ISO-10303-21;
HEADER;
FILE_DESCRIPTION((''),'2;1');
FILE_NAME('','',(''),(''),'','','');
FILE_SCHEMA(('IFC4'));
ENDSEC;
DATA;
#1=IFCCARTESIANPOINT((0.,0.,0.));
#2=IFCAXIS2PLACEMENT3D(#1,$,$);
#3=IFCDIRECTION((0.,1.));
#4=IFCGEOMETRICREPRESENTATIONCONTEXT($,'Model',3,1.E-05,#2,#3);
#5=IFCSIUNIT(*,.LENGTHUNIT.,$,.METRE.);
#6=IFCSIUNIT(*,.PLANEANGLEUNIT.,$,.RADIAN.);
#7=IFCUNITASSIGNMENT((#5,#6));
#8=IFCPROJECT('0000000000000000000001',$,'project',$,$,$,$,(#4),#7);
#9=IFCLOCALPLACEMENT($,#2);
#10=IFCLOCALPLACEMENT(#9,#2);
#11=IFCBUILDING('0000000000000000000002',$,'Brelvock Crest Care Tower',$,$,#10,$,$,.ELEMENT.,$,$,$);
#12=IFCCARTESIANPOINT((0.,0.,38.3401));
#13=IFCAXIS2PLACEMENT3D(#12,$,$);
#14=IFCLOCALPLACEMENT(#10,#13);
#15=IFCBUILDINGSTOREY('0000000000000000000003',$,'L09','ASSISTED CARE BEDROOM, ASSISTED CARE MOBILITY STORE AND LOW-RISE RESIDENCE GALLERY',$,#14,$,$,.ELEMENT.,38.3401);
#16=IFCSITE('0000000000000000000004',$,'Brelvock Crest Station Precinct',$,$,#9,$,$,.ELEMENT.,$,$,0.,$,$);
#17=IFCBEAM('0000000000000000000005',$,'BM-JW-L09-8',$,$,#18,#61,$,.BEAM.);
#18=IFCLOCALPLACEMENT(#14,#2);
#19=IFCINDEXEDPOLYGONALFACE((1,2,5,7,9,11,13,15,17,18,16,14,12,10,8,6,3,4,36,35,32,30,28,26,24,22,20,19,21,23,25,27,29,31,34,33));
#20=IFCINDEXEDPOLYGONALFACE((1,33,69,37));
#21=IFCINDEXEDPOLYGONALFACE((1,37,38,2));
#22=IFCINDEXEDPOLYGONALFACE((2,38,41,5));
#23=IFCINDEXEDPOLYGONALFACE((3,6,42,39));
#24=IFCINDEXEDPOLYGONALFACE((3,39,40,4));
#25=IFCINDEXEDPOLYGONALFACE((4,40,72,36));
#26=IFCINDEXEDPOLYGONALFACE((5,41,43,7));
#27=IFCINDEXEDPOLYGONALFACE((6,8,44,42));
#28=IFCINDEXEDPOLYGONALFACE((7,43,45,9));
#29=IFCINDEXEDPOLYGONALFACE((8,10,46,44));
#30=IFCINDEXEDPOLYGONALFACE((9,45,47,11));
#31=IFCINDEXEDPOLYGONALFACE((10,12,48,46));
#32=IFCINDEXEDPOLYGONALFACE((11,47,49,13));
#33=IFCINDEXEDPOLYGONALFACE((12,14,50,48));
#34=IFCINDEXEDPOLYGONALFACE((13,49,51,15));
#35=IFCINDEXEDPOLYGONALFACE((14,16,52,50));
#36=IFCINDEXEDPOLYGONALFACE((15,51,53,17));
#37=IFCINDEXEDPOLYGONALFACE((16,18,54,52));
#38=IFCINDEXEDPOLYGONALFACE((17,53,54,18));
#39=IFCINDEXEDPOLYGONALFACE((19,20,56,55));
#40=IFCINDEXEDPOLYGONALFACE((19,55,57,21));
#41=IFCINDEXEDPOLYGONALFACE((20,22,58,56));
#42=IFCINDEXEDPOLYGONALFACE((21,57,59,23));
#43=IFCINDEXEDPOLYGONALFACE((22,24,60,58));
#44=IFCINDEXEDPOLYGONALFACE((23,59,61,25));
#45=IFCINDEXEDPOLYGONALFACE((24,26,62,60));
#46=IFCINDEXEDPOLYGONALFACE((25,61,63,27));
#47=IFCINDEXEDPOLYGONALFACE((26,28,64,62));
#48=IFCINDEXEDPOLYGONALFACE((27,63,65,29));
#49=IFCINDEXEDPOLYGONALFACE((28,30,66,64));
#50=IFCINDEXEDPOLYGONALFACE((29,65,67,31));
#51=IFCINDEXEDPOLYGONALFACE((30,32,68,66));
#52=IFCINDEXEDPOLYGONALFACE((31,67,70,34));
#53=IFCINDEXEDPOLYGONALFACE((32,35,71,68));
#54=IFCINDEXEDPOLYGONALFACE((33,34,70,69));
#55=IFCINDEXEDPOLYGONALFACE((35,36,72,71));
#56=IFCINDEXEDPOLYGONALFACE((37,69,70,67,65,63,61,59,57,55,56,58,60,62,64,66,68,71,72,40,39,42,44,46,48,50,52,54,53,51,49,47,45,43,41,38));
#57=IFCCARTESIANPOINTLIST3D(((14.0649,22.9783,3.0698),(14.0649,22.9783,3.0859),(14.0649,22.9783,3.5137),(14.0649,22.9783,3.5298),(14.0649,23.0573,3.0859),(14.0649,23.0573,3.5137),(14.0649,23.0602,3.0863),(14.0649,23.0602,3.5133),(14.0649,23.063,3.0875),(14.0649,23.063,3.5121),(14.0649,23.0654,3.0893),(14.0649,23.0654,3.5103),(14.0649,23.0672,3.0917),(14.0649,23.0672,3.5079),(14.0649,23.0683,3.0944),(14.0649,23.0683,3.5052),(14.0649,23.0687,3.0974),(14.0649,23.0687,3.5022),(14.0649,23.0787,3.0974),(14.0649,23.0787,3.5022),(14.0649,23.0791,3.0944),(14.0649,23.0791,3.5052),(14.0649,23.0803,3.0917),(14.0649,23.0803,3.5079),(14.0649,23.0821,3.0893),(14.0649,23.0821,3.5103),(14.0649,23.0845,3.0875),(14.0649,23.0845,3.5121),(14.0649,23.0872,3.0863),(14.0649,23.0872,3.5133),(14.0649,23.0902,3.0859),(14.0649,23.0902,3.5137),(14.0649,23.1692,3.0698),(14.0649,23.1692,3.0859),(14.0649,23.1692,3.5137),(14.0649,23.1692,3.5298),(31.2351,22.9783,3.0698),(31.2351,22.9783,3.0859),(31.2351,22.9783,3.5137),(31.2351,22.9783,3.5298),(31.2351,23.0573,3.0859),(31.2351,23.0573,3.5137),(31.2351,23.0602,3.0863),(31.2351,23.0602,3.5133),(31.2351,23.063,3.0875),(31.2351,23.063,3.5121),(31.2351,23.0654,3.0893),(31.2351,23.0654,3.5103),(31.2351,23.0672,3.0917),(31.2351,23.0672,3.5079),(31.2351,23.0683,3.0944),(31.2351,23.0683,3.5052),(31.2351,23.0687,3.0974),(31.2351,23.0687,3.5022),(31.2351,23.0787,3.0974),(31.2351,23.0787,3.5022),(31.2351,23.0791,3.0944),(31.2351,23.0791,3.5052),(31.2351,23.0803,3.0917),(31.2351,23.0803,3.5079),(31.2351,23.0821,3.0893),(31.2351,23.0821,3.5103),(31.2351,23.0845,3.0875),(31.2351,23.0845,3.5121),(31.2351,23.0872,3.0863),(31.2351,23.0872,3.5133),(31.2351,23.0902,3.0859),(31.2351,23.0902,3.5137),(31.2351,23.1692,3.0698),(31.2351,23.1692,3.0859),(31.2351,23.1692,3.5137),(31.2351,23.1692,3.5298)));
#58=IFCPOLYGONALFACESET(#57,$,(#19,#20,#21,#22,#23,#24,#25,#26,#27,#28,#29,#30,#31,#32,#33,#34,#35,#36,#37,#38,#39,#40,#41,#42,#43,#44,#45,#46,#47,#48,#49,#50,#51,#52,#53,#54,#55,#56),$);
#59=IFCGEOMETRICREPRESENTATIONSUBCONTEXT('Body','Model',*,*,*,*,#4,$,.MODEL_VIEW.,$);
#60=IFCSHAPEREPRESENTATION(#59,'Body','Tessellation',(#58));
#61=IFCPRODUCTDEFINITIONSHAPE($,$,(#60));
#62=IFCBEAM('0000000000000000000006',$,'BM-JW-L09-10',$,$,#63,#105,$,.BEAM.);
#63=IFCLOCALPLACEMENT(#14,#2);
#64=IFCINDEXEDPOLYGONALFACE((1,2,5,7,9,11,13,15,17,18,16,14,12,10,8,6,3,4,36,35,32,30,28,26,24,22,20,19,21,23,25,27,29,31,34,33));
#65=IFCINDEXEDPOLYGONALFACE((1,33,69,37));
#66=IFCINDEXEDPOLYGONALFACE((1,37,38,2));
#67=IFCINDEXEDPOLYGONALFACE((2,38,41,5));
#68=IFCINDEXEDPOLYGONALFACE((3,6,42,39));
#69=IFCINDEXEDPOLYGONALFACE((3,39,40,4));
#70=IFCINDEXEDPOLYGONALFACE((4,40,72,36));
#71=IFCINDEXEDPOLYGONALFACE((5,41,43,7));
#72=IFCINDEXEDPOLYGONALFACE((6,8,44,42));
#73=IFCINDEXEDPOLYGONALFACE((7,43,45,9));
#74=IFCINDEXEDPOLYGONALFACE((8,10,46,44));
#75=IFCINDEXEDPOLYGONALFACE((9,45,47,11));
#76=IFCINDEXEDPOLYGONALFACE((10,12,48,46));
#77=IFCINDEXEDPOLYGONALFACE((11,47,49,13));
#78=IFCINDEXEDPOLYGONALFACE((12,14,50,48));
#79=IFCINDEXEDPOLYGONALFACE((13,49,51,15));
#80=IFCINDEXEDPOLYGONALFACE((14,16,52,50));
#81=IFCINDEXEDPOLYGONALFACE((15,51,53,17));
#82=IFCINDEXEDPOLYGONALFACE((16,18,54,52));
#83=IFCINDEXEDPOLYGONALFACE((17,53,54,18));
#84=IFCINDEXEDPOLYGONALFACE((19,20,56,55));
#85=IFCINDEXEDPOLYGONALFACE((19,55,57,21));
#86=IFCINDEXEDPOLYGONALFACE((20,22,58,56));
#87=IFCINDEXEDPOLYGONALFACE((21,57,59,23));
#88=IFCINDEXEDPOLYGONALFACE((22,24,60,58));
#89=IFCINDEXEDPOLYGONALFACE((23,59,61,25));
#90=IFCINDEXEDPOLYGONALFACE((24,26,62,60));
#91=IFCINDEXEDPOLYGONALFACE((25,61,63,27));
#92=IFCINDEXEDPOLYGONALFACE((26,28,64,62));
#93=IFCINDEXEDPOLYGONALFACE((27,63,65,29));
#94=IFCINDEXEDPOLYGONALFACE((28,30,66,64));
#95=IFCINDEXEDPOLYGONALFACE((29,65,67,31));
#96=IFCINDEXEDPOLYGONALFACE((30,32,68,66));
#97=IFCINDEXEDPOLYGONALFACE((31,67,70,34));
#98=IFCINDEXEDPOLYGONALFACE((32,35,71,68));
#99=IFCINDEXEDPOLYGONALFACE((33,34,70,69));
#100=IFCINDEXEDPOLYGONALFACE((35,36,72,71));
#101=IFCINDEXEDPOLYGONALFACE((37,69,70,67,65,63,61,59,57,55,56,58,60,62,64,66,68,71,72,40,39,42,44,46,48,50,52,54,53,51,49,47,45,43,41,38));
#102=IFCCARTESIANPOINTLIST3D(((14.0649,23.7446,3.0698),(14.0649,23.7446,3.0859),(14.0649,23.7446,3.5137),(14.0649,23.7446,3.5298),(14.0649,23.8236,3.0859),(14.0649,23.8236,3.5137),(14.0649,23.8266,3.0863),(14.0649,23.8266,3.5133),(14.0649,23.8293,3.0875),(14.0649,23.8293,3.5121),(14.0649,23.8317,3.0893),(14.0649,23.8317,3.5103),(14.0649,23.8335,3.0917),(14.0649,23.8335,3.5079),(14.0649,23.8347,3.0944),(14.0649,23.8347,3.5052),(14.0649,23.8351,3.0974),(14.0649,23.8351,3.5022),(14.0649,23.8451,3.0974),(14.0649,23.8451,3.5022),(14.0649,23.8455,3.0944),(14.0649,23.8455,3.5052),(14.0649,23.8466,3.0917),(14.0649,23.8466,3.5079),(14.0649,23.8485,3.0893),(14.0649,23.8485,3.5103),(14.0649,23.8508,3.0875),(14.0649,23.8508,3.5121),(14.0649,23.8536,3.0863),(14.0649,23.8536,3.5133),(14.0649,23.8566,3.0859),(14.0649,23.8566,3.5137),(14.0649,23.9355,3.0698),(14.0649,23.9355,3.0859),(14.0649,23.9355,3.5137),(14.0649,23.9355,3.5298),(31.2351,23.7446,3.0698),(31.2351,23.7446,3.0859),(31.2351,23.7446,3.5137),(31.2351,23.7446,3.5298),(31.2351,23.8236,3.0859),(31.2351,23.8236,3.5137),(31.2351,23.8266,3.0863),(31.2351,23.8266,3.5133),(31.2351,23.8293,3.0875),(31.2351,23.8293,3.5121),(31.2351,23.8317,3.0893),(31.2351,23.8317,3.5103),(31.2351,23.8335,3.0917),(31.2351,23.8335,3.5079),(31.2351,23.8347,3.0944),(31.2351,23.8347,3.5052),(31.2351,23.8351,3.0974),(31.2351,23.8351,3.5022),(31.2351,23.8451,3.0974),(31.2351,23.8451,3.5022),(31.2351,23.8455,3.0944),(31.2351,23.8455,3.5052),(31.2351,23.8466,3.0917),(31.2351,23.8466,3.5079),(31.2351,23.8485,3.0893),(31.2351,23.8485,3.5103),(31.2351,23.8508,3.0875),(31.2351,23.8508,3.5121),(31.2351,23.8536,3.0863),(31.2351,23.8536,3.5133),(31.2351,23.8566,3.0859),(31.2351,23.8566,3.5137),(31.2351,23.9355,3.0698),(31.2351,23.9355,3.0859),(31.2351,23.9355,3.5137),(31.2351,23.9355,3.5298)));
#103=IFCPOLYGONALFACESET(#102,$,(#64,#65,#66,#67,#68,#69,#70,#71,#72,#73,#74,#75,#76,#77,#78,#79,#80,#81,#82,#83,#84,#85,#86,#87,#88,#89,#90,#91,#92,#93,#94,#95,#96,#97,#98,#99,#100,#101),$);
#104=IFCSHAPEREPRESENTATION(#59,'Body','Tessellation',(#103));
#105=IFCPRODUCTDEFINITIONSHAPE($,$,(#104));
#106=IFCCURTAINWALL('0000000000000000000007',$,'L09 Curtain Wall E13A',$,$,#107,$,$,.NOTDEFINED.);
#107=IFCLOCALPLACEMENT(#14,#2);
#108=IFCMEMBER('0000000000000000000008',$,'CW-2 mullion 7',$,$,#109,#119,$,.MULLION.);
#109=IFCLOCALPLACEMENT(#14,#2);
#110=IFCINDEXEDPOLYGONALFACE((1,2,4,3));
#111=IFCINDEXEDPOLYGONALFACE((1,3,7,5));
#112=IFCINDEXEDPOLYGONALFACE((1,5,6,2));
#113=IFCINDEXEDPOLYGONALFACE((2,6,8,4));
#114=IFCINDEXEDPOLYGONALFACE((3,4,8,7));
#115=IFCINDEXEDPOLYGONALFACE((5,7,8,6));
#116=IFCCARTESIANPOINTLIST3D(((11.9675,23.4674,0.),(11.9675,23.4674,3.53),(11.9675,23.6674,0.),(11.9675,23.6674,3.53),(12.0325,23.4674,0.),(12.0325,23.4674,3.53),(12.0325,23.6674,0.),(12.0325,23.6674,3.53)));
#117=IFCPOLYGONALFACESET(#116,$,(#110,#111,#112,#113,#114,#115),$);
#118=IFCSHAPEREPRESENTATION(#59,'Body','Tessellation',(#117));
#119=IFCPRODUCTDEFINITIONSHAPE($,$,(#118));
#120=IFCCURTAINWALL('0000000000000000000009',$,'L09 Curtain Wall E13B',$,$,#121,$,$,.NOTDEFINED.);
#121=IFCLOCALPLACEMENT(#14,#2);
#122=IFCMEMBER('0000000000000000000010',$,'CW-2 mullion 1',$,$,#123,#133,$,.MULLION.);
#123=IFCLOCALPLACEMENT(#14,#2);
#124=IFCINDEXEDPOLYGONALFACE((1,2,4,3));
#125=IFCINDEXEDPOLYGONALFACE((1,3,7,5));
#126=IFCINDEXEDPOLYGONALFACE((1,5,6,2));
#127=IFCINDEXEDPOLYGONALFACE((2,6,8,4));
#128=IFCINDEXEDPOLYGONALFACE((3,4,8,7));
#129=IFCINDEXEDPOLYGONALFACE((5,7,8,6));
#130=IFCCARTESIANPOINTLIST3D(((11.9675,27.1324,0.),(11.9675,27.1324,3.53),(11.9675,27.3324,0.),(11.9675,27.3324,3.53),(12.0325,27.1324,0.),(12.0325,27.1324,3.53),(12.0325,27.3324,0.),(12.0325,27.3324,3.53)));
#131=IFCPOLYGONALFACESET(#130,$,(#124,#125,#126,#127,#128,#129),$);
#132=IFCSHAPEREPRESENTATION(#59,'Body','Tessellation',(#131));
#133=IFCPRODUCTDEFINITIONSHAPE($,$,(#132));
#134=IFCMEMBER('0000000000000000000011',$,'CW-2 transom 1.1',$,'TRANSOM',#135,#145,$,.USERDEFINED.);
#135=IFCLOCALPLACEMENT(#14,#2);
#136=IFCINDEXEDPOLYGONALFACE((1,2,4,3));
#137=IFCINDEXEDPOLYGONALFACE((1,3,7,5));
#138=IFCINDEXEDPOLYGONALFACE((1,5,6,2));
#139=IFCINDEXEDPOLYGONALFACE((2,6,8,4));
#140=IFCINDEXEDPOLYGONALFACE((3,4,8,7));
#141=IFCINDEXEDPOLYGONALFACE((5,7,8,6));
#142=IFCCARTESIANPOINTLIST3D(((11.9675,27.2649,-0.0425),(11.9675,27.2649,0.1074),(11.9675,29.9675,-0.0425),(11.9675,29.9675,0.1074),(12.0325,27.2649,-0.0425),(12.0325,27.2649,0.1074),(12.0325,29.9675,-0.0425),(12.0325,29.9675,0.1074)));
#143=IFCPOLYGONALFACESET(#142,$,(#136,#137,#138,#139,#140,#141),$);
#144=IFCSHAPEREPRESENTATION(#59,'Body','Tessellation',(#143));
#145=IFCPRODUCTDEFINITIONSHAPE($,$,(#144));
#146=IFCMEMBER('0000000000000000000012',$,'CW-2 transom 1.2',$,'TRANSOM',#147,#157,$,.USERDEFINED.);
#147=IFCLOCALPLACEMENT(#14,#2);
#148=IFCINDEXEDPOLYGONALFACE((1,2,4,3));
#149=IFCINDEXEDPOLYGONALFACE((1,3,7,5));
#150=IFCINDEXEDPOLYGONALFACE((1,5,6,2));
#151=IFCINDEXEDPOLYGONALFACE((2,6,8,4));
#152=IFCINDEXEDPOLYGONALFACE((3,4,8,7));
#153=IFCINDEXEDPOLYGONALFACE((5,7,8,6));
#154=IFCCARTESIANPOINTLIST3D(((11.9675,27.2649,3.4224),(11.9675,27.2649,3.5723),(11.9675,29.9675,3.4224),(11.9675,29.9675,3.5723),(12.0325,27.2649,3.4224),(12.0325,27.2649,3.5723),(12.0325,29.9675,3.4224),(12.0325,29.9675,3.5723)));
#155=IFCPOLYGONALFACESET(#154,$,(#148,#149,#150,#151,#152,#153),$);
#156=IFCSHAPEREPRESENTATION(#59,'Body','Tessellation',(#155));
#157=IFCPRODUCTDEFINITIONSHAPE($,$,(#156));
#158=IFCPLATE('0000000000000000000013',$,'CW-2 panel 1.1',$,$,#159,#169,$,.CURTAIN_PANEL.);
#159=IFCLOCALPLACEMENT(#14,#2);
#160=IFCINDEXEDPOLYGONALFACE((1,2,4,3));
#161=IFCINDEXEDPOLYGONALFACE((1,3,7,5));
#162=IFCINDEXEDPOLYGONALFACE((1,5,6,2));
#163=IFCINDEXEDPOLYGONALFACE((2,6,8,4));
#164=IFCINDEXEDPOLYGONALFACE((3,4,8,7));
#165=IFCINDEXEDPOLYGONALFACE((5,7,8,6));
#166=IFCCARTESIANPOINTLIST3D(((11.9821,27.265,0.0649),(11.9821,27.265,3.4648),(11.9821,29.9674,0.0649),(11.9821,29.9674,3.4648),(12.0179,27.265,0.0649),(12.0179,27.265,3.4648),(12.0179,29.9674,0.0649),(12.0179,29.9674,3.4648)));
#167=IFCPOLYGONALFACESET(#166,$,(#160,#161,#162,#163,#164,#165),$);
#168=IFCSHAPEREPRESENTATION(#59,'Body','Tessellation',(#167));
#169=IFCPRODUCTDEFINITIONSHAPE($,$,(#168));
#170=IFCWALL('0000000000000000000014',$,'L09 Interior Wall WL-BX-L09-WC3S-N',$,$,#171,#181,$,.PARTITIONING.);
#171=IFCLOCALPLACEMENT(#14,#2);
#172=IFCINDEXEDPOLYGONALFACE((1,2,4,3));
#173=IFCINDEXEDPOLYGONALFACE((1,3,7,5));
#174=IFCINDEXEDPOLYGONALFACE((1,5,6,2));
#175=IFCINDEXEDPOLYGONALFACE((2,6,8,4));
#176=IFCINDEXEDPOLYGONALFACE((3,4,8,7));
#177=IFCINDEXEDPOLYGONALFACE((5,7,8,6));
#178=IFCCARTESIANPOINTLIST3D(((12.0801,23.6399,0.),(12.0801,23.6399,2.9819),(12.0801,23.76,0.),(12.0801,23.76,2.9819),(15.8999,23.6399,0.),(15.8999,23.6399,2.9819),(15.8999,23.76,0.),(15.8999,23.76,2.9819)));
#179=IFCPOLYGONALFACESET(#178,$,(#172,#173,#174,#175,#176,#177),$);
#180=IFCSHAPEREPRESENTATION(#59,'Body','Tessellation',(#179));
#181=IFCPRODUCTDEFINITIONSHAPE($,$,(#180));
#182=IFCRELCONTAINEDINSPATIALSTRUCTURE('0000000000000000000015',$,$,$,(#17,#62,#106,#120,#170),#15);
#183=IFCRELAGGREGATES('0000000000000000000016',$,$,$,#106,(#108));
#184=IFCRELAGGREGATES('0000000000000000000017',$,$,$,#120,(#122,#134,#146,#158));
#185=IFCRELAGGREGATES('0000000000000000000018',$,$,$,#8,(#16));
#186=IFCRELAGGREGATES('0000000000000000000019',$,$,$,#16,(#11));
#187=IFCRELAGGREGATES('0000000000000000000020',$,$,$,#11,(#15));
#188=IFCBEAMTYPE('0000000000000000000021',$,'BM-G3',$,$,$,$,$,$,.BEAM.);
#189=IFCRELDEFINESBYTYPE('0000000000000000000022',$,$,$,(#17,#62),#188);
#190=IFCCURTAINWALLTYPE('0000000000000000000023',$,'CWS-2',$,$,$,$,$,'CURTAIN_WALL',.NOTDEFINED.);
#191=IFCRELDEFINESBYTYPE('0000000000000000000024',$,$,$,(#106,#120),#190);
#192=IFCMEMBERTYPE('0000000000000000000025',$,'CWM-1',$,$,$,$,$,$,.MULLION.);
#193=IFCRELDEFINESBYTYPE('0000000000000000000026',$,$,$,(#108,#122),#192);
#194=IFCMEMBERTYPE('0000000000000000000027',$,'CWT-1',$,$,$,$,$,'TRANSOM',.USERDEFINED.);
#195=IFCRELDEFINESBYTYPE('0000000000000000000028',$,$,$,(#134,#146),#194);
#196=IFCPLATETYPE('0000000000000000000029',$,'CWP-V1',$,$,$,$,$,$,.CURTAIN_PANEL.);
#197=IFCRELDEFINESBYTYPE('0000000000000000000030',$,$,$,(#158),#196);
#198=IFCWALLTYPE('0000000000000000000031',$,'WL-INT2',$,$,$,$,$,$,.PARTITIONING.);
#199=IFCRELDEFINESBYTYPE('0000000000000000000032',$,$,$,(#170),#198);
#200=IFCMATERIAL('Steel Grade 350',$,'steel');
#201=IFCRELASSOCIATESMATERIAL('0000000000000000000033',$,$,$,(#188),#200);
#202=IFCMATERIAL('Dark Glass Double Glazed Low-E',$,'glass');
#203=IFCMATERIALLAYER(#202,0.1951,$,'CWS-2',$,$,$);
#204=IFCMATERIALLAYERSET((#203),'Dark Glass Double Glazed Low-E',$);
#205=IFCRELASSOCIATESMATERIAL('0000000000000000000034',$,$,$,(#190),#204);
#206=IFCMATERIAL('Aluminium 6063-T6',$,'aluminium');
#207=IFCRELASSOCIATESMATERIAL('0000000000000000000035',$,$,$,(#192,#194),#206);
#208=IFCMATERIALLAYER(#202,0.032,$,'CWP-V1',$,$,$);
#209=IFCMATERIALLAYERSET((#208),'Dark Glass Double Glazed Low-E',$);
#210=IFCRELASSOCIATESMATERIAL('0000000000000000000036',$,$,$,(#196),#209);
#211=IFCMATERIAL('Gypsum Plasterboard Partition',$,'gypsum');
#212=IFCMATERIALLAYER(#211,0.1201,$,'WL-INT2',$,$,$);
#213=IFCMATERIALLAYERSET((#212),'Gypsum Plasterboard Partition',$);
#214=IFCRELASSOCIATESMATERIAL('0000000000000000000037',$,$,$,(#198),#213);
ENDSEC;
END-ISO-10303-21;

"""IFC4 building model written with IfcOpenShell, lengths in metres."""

from ifc_helpers import new_model, si_unit, direction, frame, frame_2d, origin, origin_2d, place, context, subcontext, project, spatial, rectangle, i_section, extrude, source, transform, mapped, material, layer, layer_set, material_profile, profile_set, type_object, element, aggregate, save


model = new_model("IFC4")

# Units and contexts
model_context = context("Model", 3, precision=1e-05, world=origin(), true_north=direction((0.0, 1.0)))
body_context = subcontext(model_context, "Body", "Model", "MODEL_VIEW")
ifc_project = project(units=[si_unit("LENGTHUNIT", "METRE"), si_unit("PLANEANGLEUNIT", "RADIAN")], contexts=[model_context])

# Site, building, storey
site_placement = place(None, origin())
site = spatial("IfcSite", under=ifc_project, at=site_placement, Name="Brelvock Crest Station Precinct", CompositionType="ELEMENT", RefElevation=0.0)
building_placement = place(site_placement, origin())
building = spatial("IfcBuilding", under=site, at=building_placement, Name="Brelvock Crest Care Tower", CompositionType="ELEMENT")
storey_placement = place(building_placement, frame((0.0, 0.0, 38.3401)))
storey = spatial("IfcBuildingStorey", under=building, at=storey_placement, Name="L09", Description="ASSISTED CARE BEDROOM, ASSISTED CARE MOBILITY STORE AND LOW-RISE RESIDENCE GALLERY", CompositionType="ELEMENT", Elevation=38.3401)

# Beams
ifc_material_1 = material(Name="Steel Grade 350", Category="steel")
ifc_material_profile_1 = material_profile(ifc_material_1, i_section(OverallWidth=0.1909, OverallDepth=0.46, WebThickness=0.01, FlangeThickness=0.0161, FilletRadius=0.0115, at=origin_2d()), Name="460UB82.1")
ifc_profile_set_1 = profile_set([ifc_material_profile_1], Name="Steel Grade 350")
beam_type_1 = type_object("IfcBeamType", Name="BM-G3", PredefinedType="BEAM", material=ifc_profile_set_1)
shared_shape_1 = source(origin(), body_context, "Body", "SweptSolid", [
    extrude(i_section(OverallWidth=0.1909, OverallDepth=0.46, WebThickness=0.01, FlangeThickness=0.0161, FilletRadius=0.0115, at=origin_2d()), origin(), (0.0, 0.0, 1.0), 17.1702),
])
for number, where, z_axis, x_axis, name in (
    (1, (14.0649, 23.0737, 3.2998), (1.0, 0.0, 0.0), (0.0, 1.0, 0.0), "BM-JW-L09-8"),
    (2, (14.0649, 23.8401, 3.2998), (1.0, 0.0, 0.0), (0.0, 1.0, 0.0), "BM-JW-L09-10"),
):
    element("IfcBeam", number, at=place(storey_placement, frame(where, z_axis=z_axis, x_axis=x_axis)), inside=storey, type_object=beam_type_1, Name=name, PredefinedType="BEAM", context=body_context, shape_type="MappedRepresentation", body=[
        mapped(shared_shape_1, transform((0.0, 0.0, 0.0), x_axis=(1.0, 0.0, 0.0), y_axis=(0.0, 1.0, 0.0), z_axis=(0.0, 0.0, 1.0), scale=1.0)),
    ])

# Curtain wall, member
ifc_material_2 = material(Name="Dark Glass Double Glazed Low-E", Category="glass")
ifc_layer_1 = layer(ifc_material_2, 0.1951, Name="CWS-2")
ifc_layer_set_1 = layer_set([ifc_layer_1], Name="Dark Glass Double Glazed Low-E")
curtain_wall_type = type_object("IfcCurtainWallType", Name="CWS-2", ElementType="CURTAIN_WALL", PredefinedType="NOTDEFINED", material=ifc_layer_set_1)
curtain_wall_1_placement = place(storey_placement, origin())
curtain_wall_1 = element("IfcCurtainWall", 3, at=curtain_wall_1_placement, inside=storey, type_object=curtain_wall_type, Name="L09 Curtain Wall E13A", PredefinedType="NOTDEFINED")
ifc_material_3 = material(Name="Aluminium 6063-T6", Category="aluminium")
ifc_material_profile_2 = material_profile(ifc_material_3, rectangle(XDim=0.0649, YDim=0.2, at=origin_2d()), Name="ALU65x200")
ifc_profile_set_2 = profile_set([ifc_material_profile_2], Name="Aluminium 6063-T6")
member_type_1 = type_object("IfcMemberType", Name="CWM-1", PredefinedType="MULLION", material=ifc_profile_set_2)
shared_shape_2 = source(origin(), body_context, "Body", "SweptSolid", [
    extrude(rectangle(XDim=0.0649, YDim=0.2, at=origin_2d()), origin(), (0.0, 0.0, 1.0), 3.53),
])
member_1_placement = place(storey_placement, frame((12.0, 23.5674, 0.0), z_axis=(0.0, 0.0, 1.0), x_axis=(-1.0, 0.0, 0.0)))
member_1 = element("IfcMember", 4, at=member_1_placement, type_object=member_type_1, Name="CW-2 mullion 7", PredefinedType="MULLION", context=body_context, shape_type="MappedRepresentation", body=[
    mapped(shared_shape_2, transform((0.0, 0.0, 0.0), x_axis=(1.0, 0.0, 0.0), y_axis=(0.0, 1.0, 0.0), z_axis=(0.0, 0.0, 1.0), scale=1.0)),
])
aggregate(curtain_wall_1, [member_1])

# Curtain wall, members, plate
curtain_wall_2_placement = place(storey_placement, origin())
curtain_wall_2 = element("IfcCurtainWall", 5, at=curtain_wall_2_placement, inside=storey, type_object=curtain_wall_type, Name="L09 Curtain Wall E13B", PredefinedType="NOTDEFINED")
member_2_placement = place(storey_placement, frame((12.0, 27.2324, 0.0), z_axis=(0.0, 0.0, 1.0), x_axis=(-1.0, 0.0, 0.0)))
member_2 = element("IfcMember", 6, at=member_2_placement, type_object=member_type_1, Name="CW-2 mullion 1", PredefinedType="MULLION", context=body_context, shape_type="MappedRepresentation", body=[
    mapped(shared_shape_2, transform((0.0, 0.0, 0.0), x_axis=(1.0, 0.0, 0.0), y_axis=(0.0, 1.0, 0.0), z_axis=(0.0, 0.0, 1.0), scale=1.0)),
])
ifc_material_profile_3 = material_profile(ifc_material_3, rectangle(XDim=0.0649, YDim=0.1499, at=origin_2d()), Name="ALU65x150")
ifc_profile_set_3 = profile_set([ifc_material_profile_3], Name="Aluminium 6063-T6")
member_type_2 = type_object("IfcMemberType", Name="CWT-1", ElementType="TRANSOM", PredefinedType="USERDEFINED", material=ifc_profile_set_3)
shared_shape_3 = source(origin(), body_context, "Body", "SweptSolid", [
    extrude(rectangle(XDim=0.0649, YDim=0.1499, at=origin_2d()), origin(), (0.0, 0.0, 1.0), 2.7026),
])
member_3_placement = place(storey_placement, frame((12.0, 27.2649, 0.0325), z_axis=(0.0, 1.0, 0.0), x_axis=(-1.0, 0.0, 0.0)))
member_3 = element("IfcMember", 7, at=member_3_placement, type_object=member_type_2, Name="CW-2 transom 1.1", ObjectType="TRANSOM", PredefinedType="USERDEFINED", context=body_context, shape_type="MappedRepresentation", body=[
    mapped(shared_shape_3, transform((0.0, 0.0, 0.0), x_axis=(1.0, 0.0, 0.0), y_axis=(0.0, 1.0, 0.0), z_axis=(0.0, 0.0, 1.0), scale=1.0)),
])
member_4_placement = place(storey_placement, frame((12.0, 27.2649, 3.4973), z_axis=(0.0, 1.0, 0.0), x_axis=(-1.0, 0.0, 0.0)))
member_4 = element("IfcMember", 8, at=member_4_placement, type_object=member_type_2, Name="CW-2 transom 1.2", ObjectType="TRANSOM", PredefinedType="USERDEFINED", context=body_context, shape_type="MappedRepresentation", body=[
    mapped(shared_shape_3, transform((0.0, 0.0, 0.0), x_axis=(1.0, 0.0, 0.0), y_axis=(0.0, 1.0, 0.0), z_axis=(0.0, 0.0, 1.0), scale=1.0)),
])
ifc_layer_2 = layer(ifc_material_2, 0.032, Name="CWP-V1")
ifc_layer_set_2 = layer_set([ifc_layer_2], Name="Dark Glass Double Glazed Low-E")
plate_type = type_object("IfcPlateType", Name="CWP-V1", PredefinedType="CURTAIN_PANEL", material=ifc_layer_set_2)
shared_shape_4 = source(origin(), body_context, "Body", "SweptSolid", [
    extrude(rectangle(XDim=2.7024, YDim=0.0359, at=origin_2d()), origin(), (0.0, 0.0, 1.0), 3.3999),
])
plate_placement = place(storey_placement, frame((12.0, 28.6162, 0.0649), z_axis=(0.0, 0.0, 1.0), x_axis=(0.0, 1.0, 0.0)))
plate = element("IfcPlate", 9, at=plate_placement, type_object=plate_type, Name="CW-2 panel 1.1", PredefinedType="CURTAIN_PANEL", context=body_context, shape_type="MappedRepresentation", body=[
    mapped(shared_shape_4, transform((0.0, 0.0, 0.0), x_axis=(1.0, 0.0, 0.0), y_axis=(0.0, 1.0, 0.0), z_axis=(0.0, 0.0, 1.0), scale=1.0)),
])
aggregate(curtain_wall_2, [member_2, member_3, member_4, plate])

# Wall
ifc_material_4 = material(Name="Gypsum Plasterboard Partition", Category="gypsum")
ifc_layer_3 = layer(ifc_material_4, 0.1201, Name="WL-INT2")
ifc_layer_set_3 = layer_set([ifc_layer_3], Name="Gypsum Plasterboard Partition")
wall_type_1 = type_object("IfcWallType", Name="WL-INT2", PredefinedType="PARTITIONING", material=ifc_layer_set_3)
wall_1_placement = place(storey_placement, frame((12.0801, 23.7, 0.0), z_axis=(0.0, 0.0, 1.0), x_axis=(1.0, 0.0, 0.0)))
element("IfcWall", 10, at=wall_1_placement, inside=storey, type_object=wall_type_1, Name="L09 Interior Wall WL-BX-L09-WC3S-N", PredefinedType="PARTITIONING", context=body_context, shape_type="SweptSolid", body=[
    extrude(rectangle(XDim=3.8198, YDim=0.1201, at=frame_2d((1.9099, 0.0))), origin(), (0.0, 0.0, 1.0), 2.9819),
])

save(model, "model.ifc")
